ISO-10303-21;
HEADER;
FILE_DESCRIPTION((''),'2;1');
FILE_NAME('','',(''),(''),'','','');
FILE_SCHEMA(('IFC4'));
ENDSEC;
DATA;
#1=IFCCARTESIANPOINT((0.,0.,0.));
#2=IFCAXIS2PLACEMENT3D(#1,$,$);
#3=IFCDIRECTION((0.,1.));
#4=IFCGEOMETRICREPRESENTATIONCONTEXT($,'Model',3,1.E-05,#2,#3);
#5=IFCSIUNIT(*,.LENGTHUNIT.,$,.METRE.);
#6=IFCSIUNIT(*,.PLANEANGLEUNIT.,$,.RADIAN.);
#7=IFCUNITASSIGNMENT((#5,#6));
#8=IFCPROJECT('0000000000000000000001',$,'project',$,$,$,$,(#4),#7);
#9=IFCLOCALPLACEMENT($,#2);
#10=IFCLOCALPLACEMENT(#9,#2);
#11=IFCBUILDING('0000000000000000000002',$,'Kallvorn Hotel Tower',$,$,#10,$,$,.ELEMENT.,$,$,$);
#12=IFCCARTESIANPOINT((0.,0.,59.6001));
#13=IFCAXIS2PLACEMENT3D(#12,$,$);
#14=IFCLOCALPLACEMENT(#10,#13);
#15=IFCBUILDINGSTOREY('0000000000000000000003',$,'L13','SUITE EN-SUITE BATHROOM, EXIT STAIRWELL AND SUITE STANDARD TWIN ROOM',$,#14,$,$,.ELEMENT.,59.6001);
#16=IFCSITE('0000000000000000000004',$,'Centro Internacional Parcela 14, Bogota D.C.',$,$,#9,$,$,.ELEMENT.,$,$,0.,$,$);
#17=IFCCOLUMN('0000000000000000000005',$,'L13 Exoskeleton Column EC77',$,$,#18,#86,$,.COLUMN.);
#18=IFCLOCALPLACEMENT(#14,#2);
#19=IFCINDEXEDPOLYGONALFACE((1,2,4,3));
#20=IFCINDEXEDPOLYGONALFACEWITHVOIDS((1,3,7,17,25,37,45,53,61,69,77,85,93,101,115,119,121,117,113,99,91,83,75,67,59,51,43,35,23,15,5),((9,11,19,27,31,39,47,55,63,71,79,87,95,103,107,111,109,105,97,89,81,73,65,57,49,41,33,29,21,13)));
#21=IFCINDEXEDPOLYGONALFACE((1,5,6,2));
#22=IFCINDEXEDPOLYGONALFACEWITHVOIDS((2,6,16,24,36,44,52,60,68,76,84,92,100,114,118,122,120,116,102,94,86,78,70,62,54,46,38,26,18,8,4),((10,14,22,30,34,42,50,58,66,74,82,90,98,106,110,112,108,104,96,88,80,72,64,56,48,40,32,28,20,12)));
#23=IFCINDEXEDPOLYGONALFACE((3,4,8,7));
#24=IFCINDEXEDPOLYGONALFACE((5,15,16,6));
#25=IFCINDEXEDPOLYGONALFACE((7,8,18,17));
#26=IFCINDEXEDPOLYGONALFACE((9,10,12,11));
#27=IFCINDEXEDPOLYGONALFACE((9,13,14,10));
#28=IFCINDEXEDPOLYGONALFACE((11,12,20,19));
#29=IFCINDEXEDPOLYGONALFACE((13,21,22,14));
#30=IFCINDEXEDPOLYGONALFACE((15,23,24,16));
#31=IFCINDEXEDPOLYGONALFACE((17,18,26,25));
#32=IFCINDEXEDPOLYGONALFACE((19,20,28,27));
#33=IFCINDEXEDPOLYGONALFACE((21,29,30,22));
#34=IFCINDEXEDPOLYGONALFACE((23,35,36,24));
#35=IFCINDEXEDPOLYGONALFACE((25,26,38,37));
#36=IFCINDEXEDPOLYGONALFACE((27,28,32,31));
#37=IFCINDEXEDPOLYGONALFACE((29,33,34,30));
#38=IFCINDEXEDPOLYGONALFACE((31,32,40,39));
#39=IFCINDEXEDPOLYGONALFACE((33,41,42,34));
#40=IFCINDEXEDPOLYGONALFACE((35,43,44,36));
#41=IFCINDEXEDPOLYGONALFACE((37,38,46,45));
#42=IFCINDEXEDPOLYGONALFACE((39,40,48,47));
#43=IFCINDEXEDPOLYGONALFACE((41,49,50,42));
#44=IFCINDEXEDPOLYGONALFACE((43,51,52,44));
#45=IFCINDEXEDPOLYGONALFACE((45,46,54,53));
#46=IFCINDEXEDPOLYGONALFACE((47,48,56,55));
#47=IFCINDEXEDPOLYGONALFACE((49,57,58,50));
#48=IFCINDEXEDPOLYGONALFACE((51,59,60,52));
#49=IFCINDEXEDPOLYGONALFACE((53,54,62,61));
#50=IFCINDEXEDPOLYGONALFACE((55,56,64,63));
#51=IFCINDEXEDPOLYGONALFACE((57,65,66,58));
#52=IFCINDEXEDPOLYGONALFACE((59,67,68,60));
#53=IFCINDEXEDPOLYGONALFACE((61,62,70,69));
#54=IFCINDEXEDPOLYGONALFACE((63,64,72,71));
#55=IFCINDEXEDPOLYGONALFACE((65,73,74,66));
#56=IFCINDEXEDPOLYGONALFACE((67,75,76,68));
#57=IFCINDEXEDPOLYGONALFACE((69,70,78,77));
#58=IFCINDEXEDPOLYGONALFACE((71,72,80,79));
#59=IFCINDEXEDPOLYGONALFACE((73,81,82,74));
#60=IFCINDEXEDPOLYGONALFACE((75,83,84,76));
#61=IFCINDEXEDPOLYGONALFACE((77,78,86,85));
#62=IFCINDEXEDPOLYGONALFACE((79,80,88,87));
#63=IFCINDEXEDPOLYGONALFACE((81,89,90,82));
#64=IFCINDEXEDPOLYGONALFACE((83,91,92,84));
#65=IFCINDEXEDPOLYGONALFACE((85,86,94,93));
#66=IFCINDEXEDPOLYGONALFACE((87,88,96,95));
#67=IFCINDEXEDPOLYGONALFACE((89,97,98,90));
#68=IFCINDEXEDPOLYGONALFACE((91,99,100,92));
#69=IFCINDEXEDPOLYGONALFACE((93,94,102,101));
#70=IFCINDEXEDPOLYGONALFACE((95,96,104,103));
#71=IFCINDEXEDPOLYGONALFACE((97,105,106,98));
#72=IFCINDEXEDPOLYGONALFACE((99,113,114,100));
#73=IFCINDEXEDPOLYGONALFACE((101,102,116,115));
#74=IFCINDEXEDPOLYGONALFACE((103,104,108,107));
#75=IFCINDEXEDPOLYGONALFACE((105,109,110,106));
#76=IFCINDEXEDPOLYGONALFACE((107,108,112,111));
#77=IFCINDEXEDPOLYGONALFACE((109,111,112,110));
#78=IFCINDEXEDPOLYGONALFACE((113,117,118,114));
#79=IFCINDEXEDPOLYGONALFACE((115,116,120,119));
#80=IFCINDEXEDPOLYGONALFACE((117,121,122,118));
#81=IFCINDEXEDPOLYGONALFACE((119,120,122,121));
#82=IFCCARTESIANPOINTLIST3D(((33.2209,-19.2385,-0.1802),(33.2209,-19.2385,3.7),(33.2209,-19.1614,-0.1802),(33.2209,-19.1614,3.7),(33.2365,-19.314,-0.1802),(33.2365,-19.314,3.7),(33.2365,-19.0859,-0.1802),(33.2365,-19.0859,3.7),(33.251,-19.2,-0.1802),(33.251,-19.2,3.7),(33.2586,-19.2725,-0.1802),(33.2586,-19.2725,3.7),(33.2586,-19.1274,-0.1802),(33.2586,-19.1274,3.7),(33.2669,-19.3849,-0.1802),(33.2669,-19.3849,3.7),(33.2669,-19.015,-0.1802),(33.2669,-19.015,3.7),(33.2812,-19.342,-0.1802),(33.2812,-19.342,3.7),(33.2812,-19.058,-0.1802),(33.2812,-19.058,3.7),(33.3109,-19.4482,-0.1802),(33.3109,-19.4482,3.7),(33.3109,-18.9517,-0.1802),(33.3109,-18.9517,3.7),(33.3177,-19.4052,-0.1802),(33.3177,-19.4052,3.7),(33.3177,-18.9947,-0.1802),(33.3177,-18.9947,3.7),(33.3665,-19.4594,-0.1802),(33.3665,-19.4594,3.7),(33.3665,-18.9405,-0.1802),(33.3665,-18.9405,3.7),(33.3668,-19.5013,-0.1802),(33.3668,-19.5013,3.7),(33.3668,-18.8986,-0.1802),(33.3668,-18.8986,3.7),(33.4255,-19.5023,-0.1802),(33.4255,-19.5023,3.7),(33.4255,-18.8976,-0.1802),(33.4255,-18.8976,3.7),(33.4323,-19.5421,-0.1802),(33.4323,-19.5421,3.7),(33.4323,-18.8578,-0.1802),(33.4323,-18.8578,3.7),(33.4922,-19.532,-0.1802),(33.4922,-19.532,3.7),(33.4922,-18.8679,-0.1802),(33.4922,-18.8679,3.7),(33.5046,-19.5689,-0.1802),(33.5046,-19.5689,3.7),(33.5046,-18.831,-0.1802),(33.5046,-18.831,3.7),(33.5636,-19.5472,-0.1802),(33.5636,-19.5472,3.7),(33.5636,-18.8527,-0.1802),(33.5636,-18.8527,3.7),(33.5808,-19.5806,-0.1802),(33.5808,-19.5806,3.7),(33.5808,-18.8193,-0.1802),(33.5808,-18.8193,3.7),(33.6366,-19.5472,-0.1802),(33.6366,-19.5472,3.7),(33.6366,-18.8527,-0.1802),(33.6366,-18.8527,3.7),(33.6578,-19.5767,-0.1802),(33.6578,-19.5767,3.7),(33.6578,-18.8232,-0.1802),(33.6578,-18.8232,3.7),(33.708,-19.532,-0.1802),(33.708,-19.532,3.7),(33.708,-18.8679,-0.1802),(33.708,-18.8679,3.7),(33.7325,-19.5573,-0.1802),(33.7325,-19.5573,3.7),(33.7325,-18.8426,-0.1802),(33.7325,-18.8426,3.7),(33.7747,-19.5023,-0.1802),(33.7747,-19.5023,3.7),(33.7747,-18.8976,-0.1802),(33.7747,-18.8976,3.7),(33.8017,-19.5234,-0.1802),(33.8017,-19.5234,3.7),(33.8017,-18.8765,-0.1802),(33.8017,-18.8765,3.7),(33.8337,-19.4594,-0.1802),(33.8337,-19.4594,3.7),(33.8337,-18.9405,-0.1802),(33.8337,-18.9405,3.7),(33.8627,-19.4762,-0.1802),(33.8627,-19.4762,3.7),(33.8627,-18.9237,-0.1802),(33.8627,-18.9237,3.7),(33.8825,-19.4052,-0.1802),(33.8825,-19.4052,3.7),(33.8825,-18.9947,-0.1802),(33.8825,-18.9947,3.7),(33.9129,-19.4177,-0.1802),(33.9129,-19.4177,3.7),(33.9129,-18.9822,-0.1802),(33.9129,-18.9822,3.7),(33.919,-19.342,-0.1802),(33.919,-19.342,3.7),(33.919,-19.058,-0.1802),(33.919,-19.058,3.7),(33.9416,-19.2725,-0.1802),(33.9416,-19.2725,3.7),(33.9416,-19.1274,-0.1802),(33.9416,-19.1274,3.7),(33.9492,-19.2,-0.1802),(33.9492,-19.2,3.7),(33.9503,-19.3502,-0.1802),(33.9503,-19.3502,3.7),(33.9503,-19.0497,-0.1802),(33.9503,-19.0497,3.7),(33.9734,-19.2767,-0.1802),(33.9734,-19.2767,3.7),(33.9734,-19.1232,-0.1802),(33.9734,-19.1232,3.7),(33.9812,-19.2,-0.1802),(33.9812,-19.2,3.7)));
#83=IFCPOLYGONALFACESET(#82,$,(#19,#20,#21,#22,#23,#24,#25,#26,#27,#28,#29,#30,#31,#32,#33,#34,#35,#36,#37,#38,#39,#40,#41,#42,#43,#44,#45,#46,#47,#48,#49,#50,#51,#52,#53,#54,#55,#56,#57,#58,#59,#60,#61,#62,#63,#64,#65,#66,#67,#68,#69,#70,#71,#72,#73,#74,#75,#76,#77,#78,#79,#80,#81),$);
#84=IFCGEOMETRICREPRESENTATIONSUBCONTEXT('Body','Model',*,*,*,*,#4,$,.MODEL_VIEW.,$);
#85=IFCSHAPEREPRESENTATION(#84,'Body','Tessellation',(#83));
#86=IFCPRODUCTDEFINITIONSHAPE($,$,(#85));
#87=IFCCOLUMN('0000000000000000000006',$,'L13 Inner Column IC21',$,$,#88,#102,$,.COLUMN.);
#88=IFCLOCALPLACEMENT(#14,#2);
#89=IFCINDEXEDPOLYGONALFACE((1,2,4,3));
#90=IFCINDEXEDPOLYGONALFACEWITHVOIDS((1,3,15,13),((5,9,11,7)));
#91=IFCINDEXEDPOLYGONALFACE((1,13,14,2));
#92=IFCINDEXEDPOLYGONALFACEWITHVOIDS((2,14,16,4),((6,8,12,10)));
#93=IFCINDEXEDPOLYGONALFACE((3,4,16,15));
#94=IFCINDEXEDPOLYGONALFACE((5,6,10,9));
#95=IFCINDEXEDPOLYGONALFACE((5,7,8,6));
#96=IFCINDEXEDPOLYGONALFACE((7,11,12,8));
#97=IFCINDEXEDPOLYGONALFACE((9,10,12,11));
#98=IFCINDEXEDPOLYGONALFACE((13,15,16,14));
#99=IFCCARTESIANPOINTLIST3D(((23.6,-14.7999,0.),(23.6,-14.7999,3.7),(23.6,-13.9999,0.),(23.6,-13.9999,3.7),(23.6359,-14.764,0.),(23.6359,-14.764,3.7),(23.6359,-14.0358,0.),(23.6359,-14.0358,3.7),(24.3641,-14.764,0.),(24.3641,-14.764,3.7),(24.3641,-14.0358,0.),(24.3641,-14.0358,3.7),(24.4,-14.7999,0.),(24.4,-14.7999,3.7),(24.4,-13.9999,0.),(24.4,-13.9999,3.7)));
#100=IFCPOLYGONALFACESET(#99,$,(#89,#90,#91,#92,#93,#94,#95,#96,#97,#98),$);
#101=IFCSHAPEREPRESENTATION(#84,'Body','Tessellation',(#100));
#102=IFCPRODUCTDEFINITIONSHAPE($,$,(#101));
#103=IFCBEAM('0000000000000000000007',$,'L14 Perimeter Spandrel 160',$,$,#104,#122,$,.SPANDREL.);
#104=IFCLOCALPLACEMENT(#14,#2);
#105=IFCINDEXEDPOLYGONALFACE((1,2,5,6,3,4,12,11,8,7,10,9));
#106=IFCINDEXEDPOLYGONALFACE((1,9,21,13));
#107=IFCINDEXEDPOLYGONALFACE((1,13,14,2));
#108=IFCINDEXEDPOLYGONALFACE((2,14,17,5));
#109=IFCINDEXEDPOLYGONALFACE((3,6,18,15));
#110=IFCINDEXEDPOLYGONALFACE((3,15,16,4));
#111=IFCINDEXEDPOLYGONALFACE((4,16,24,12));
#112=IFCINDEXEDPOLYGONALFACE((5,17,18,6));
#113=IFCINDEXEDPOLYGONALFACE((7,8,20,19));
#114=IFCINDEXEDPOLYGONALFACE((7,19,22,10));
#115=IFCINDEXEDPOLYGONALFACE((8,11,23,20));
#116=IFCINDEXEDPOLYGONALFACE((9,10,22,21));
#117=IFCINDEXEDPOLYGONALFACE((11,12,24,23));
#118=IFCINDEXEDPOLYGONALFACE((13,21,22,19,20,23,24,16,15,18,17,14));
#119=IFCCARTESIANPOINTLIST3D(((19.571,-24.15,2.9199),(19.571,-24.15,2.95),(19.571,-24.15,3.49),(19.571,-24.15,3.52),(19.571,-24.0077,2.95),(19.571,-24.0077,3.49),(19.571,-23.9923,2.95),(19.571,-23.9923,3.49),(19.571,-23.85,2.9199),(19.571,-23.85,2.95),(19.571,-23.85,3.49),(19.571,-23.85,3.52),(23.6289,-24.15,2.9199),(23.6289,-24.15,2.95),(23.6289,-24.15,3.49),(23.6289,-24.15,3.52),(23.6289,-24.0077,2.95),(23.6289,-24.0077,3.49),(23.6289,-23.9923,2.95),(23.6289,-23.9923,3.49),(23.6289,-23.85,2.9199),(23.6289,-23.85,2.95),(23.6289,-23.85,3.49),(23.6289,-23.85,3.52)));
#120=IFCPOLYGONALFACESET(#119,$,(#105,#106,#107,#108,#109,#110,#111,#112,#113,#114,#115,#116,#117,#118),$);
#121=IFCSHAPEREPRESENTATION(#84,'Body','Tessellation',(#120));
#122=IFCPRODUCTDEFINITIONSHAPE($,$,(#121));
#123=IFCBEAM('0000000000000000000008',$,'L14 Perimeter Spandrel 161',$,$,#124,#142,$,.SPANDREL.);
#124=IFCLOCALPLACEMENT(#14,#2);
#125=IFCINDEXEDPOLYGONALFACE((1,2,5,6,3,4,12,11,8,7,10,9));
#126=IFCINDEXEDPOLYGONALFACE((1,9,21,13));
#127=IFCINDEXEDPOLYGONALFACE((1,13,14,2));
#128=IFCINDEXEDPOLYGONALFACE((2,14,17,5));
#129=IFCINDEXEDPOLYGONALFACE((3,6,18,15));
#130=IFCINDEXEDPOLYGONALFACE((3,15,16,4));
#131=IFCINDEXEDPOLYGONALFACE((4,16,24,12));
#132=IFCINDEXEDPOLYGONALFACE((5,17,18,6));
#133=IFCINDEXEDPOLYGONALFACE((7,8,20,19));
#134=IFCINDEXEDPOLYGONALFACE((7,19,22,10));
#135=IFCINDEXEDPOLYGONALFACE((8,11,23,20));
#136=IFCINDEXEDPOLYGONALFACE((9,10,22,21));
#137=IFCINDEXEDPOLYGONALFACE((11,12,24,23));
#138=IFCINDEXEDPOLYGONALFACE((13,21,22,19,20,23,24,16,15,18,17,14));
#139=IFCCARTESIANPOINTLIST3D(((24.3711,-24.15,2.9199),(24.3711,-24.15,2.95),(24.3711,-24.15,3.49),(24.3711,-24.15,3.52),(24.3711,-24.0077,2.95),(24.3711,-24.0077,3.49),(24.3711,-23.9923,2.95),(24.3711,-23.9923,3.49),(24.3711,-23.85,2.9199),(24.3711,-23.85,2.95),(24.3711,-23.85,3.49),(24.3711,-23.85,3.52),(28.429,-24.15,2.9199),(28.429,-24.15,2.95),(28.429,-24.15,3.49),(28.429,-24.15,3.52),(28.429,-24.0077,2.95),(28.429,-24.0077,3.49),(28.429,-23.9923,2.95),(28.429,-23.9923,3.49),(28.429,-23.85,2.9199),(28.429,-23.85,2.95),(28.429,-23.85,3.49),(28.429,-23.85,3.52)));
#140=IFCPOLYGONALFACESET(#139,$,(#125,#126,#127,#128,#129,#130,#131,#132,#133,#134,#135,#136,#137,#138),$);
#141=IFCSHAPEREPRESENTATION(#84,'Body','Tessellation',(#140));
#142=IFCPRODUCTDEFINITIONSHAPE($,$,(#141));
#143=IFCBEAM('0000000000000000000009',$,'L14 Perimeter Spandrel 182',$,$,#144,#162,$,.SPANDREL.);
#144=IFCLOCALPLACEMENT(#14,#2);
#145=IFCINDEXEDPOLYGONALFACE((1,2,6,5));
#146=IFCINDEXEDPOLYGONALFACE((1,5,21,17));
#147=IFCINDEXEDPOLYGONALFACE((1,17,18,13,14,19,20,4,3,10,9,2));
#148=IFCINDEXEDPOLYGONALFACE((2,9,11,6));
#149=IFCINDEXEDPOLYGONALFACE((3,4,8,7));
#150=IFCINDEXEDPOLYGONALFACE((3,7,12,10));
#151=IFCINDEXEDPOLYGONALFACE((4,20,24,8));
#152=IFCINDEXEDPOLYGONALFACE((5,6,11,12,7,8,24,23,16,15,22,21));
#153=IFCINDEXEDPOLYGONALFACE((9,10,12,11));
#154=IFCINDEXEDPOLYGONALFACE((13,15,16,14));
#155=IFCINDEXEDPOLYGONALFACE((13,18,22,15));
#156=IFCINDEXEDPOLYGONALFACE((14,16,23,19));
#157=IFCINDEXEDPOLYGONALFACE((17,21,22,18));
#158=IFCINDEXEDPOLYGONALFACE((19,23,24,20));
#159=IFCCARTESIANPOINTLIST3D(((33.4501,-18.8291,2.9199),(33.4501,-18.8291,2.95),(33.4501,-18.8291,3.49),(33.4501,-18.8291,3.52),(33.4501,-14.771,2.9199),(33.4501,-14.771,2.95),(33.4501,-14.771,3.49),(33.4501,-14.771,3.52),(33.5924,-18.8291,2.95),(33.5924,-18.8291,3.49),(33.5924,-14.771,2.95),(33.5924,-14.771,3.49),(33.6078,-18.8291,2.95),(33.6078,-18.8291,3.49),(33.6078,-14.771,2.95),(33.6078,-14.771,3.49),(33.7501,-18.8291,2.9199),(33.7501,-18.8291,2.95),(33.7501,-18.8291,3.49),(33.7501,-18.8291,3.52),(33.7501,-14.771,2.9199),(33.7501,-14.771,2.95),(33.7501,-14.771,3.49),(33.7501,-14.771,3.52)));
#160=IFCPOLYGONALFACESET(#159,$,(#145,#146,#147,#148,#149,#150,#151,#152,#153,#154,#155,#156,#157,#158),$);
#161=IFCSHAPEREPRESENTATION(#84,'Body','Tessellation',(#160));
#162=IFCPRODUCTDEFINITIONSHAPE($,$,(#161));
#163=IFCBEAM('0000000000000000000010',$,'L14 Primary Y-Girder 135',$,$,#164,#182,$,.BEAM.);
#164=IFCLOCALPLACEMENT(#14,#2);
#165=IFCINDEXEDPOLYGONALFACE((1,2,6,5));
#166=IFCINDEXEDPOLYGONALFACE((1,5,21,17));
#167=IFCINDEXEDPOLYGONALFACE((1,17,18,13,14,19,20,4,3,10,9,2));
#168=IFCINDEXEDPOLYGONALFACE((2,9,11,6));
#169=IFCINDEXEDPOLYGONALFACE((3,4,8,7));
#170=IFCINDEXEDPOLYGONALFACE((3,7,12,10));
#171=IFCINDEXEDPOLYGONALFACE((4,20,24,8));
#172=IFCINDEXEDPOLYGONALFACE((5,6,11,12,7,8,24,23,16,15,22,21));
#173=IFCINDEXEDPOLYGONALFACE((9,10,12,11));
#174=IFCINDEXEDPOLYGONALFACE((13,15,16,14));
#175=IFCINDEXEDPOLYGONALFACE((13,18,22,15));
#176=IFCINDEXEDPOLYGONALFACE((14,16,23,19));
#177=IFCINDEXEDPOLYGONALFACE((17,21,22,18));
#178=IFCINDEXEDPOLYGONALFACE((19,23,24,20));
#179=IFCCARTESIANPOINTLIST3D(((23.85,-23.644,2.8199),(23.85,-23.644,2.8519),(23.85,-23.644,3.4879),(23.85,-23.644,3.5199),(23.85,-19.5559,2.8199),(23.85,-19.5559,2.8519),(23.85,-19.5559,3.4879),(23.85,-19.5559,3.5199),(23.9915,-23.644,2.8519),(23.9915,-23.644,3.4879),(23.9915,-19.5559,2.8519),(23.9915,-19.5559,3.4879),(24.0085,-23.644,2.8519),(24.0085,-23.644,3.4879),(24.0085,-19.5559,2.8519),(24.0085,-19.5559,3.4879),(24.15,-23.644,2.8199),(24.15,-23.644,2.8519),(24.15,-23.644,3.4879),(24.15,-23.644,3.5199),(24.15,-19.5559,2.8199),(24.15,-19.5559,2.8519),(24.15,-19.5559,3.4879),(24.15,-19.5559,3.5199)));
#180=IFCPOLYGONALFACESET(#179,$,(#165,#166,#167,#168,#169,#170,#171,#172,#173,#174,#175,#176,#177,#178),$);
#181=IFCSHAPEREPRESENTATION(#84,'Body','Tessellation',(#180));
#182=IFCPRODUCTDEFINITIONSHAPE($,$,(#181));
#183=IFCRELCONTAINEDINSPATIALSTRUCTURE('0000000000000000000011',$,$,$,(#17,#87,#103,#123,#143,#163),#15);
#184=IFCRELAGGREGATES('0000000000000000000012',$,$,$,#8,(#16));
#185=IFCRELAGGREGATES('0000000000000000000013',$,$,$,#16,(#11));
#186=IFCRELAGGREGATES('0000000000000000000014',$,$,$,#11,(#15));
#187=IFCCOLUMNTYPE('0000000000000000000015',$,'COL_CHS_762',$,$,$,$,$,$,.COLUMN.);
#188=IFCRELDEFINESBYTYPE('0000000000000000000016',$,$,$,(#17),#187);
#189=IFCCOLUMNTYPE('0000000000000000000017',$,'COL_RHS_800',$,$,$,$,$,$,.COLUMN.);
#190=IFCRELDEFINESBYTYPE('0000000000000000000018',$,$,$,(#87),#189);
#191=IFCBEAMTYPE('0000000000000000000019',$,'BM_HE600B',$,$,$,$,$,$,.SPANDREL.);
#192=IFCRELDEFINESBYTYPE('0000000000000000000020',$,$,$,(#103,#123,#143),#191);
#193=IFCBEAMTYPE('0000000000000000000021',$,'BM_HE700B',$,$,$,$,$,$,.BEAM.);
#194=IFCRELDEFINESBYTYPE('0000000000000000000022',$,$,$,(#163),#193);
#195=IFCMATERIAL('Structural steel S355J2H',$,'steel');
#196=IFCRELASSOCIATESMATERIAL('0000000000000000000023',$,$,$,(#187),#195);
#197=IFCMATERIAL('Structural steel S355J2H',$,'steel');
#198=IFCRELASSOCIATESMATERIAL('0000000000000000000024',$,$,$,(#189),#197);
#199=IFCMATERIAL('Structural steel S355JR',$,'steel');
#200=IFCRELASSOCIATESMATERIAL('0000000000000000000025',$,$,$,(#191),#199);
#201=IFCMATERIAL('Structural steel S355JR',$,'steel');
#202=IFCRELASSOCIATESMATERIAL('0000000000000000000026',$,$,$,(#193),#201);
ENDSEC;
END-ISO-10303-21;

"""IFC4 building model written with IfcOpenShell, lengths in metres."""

from ifc_helpers import new_model, si_unit, direction, frame, origin, origin_2d, place, context, subcontext, project, spatial, hollow_rectangle, hollow_circle, i_section, extrude, material, material_profile, profile_set, type_object, element, save


model = new_model("IFC4")

# Units and contexts
model_context = context("Model", 3, precision=1e-05, world=origin(), true_north=direction((0.0, 1.0)))
body_context = subcontext(model_context, "Body", "Model", "MODEL_VIEW")
ifc_project = project(units=[si_unit("LENGTHUNIT", "METRE"), si_unit("PLANEANGLEUNIT", "RADIAN")], contexts=[model_context])

# Site, building, storey
site_placement = place(None, origin())
site = spatial("IfcSite", under=ifc_project, at=site_placement, Name="Centro Internacional Parcela 14, Bogota D.C.", CompositionType="ELEMENT", RefElevation=0.0)
building_placement = place(site_placement, origin())
building = spatial("IfcBuilding", under=site, at=building_placement, Name="Kallvorn Hotel Tower", CompositionType="ELEMENT")
storey_placement = place(building_placement, frame((0.0, 0.0, 59.6001)))
storey = spatial("IfcBuildingStorey", under=building, at=storey_placement, Name="L13", Description="SUITE EN-SUITE BATHROOM, EXIT STAIRWELL AND SUITE STANDARD TWIN ROOM", CompositionType="ELEMENT", Elevation=59.6001)

# Columns
ifc_material_1 = material(Name="Structural steel S355J2H", Category="steel")
ifc_material_profile_1 = material_profile(ifc_material_1, hollow_circle(Radius=0.3811, WallThickness=0.032, at=origin_2d()), Name="CHS 762x32")
ifc_profile_set_1 = profile_set([ifc_material_profile_1], Name="Structural steel S355J2H")
column_type_1 = type_object("IfcColumnType", Name="COL_CHS_762", PredefinedType="COLUMN", material=ifc_profile_set_1)
column_1_placement = place(storey_placement, frame((33.6001, -19.2, -0.1802), z_axis=(0.0, 0.0, 1.0), x_axis=(1.0, 0.0, 0.0)))
element("IfcColumn", 1, at=column_1_placement, inside=storey, type_object=column_type_1, Name="L13 Exoskeleton Column EC77", PredefinedType="COLUMN", context=body_context, shape_type="SweptSolid", body=[
    extrude(hollow_circle(Radius=0.3811, WallThickness=0.032, at=origin_2d()), origin(), (0.0, 0.0, 1.0), 3.8801),
])
ifc_material_2 = material(Name="Structural steel S355J2H", Category="steel")
ifc_material_profile_2 = material_profile(ifc_material_2, hollow_rectangle(XDim=0.8, YDim=0.8, WallThickness=0.0359, at=origin_2d()), Name="RHS 800x800x36")
ifc_profile_set_2 = profile_set([ifc_material_profile_2], Name="Structural steel S355J2H")
column_type_2 = type_object("IfcColumnType", Name="COL_RHS_800", PredefinedType="COLUMN", material=ifc_profile_set_2)
column_2_placement = place(storey_placement, frame((24.0, -14.3999, 0.0), z_axis=(0.0, 0.0, 1.0), x_axis=(1.0, 0.0, 0.0)))
element("IfcColumn", 2, at=column_2_placement, inside=storey, type_object=column_type_2, Name="L13 Inner Column IC21", PredefinedType="COLUMN", context=body_context, shape_type="SweptSolid", body=[
    extrude(hollow_rectangle(XDim=0.8, YDim=0.8, WallThickness=0.0359, at=origin_2d()), origin(), (0.0, 0.0, 1.0), 3.7),
])

# Beams
ifc_material_3 = material(Name="Structural steel S355JR", Category="steel")
ifc_material_profile_3 = material_profile(ifc_material_3, i_section(OverallWidth=0.3, OverallDepth=0.6001, WebThickness=0.0154, FlangeThickness=0.03, at=origin_2d()), Name="HE 600 B")
ifc_profile_set_3 = profile_set([ifc_material_profile_3], Name="Structural steel S355JR")
beam_type_1 = type_object("IfcBeamType", Name="BM_HE600B", PredefinedType="SPANDREL", material=ifc_profile_set_3)
for number, where, z_axis, x_axis, name in (
    (3, (19.571, -24.0, 3.22), (1.0, 0.0, 0.0), (0.0, 1.0, 0.0), "L14 Perimeter Spandrel 160"),
    (4, (24.3711, -24.0, 3.22), (1.0, 0.0, 0.0), (0.0, 1.0, 0.0), "L14 Perimeter Spandrel 161"),
):
    element("IfcBeam", number, at=place(storey_placement, frame(where, z_axis=z_axis, x_axis=x_axis)), inside=storey, type_object=beam_type_1, Name=name, PredefinedType="SPANDREL", context=body_context, shape_type="SweptSolid", body=[
        extrude(i_section(OverallWidth=0.3, OverallDepth=0.6001, WebThickness=0.0154, FlangeThickness=0.03, at=origin_2d()), origin(), (0.0, 0.0, 1.0), 4.0579),
    ])
beam_1_placement = place(storey_placement, frame((33.6001, -18.8291, 3.22), z_axis=(0.0, 1.0, 0.0), x_axis=(-1.0, 0.0, 0.0)))
element("IfcBeam", 5, at=beam_1_placement, inside=storey, type_object=beam_type_1, Name="L14 Perimeter Spandrel 182", PredefinedType="SPANDREL", context=body_context, shape_type="SweptSolid", body=[
    extrude(i_section(OverallWidth=0.3, OverallDepth=0.6001, WebThickness=0.0154, FlangeThickness=0.03, at=origin_2d()), origin(), (0.0, 0.0, 1.0), 4.0581),
])
ifc_material_4 = material(Name="Structural steel S355JR", Category="steel")
ifc_material_profile_4 = material_profile(ifc_material_4, i_section(OverallWidth=0.3, OverallDepth=0.7, WebThickness=0.0171, FlangeThickness=0.032, at=origin_2d()), Name="HE 700 B")
ifc_profile_set_4 = profile_set([ifc_material_profile_4], Name="Structural steel S355JR")
beam_type_2 = type_object("IfcBeamType", Name="BM_HE700B", PredefinedType="BEAM", material=ifc_profile_set_4)
beam_2_placement = place(storey_placement, frame((24.0, -23.644, 3.1699), z_axis=(0.0, 1.0, 0.0), x_axis=(-1.0, 0.0, 0.0)))
element("IfcBeam", 6, at=beam_2_placement, inside=storey, type_object=beam_type_2, Name="L14 Primary Y-Girder 135", PredefinedType="BEAM", context=body_context, shape_type="SweptSolid", body=[
    extrude(i_section(OverallWidth=0.3, OverallDepth=0.7, WebThickness=0.0171, FlangeThickness=0.032, at=origin_2d()), origin(), (0.0, 0.0, 1.0), 4.0881),
])

save(model, "model.ifc")
